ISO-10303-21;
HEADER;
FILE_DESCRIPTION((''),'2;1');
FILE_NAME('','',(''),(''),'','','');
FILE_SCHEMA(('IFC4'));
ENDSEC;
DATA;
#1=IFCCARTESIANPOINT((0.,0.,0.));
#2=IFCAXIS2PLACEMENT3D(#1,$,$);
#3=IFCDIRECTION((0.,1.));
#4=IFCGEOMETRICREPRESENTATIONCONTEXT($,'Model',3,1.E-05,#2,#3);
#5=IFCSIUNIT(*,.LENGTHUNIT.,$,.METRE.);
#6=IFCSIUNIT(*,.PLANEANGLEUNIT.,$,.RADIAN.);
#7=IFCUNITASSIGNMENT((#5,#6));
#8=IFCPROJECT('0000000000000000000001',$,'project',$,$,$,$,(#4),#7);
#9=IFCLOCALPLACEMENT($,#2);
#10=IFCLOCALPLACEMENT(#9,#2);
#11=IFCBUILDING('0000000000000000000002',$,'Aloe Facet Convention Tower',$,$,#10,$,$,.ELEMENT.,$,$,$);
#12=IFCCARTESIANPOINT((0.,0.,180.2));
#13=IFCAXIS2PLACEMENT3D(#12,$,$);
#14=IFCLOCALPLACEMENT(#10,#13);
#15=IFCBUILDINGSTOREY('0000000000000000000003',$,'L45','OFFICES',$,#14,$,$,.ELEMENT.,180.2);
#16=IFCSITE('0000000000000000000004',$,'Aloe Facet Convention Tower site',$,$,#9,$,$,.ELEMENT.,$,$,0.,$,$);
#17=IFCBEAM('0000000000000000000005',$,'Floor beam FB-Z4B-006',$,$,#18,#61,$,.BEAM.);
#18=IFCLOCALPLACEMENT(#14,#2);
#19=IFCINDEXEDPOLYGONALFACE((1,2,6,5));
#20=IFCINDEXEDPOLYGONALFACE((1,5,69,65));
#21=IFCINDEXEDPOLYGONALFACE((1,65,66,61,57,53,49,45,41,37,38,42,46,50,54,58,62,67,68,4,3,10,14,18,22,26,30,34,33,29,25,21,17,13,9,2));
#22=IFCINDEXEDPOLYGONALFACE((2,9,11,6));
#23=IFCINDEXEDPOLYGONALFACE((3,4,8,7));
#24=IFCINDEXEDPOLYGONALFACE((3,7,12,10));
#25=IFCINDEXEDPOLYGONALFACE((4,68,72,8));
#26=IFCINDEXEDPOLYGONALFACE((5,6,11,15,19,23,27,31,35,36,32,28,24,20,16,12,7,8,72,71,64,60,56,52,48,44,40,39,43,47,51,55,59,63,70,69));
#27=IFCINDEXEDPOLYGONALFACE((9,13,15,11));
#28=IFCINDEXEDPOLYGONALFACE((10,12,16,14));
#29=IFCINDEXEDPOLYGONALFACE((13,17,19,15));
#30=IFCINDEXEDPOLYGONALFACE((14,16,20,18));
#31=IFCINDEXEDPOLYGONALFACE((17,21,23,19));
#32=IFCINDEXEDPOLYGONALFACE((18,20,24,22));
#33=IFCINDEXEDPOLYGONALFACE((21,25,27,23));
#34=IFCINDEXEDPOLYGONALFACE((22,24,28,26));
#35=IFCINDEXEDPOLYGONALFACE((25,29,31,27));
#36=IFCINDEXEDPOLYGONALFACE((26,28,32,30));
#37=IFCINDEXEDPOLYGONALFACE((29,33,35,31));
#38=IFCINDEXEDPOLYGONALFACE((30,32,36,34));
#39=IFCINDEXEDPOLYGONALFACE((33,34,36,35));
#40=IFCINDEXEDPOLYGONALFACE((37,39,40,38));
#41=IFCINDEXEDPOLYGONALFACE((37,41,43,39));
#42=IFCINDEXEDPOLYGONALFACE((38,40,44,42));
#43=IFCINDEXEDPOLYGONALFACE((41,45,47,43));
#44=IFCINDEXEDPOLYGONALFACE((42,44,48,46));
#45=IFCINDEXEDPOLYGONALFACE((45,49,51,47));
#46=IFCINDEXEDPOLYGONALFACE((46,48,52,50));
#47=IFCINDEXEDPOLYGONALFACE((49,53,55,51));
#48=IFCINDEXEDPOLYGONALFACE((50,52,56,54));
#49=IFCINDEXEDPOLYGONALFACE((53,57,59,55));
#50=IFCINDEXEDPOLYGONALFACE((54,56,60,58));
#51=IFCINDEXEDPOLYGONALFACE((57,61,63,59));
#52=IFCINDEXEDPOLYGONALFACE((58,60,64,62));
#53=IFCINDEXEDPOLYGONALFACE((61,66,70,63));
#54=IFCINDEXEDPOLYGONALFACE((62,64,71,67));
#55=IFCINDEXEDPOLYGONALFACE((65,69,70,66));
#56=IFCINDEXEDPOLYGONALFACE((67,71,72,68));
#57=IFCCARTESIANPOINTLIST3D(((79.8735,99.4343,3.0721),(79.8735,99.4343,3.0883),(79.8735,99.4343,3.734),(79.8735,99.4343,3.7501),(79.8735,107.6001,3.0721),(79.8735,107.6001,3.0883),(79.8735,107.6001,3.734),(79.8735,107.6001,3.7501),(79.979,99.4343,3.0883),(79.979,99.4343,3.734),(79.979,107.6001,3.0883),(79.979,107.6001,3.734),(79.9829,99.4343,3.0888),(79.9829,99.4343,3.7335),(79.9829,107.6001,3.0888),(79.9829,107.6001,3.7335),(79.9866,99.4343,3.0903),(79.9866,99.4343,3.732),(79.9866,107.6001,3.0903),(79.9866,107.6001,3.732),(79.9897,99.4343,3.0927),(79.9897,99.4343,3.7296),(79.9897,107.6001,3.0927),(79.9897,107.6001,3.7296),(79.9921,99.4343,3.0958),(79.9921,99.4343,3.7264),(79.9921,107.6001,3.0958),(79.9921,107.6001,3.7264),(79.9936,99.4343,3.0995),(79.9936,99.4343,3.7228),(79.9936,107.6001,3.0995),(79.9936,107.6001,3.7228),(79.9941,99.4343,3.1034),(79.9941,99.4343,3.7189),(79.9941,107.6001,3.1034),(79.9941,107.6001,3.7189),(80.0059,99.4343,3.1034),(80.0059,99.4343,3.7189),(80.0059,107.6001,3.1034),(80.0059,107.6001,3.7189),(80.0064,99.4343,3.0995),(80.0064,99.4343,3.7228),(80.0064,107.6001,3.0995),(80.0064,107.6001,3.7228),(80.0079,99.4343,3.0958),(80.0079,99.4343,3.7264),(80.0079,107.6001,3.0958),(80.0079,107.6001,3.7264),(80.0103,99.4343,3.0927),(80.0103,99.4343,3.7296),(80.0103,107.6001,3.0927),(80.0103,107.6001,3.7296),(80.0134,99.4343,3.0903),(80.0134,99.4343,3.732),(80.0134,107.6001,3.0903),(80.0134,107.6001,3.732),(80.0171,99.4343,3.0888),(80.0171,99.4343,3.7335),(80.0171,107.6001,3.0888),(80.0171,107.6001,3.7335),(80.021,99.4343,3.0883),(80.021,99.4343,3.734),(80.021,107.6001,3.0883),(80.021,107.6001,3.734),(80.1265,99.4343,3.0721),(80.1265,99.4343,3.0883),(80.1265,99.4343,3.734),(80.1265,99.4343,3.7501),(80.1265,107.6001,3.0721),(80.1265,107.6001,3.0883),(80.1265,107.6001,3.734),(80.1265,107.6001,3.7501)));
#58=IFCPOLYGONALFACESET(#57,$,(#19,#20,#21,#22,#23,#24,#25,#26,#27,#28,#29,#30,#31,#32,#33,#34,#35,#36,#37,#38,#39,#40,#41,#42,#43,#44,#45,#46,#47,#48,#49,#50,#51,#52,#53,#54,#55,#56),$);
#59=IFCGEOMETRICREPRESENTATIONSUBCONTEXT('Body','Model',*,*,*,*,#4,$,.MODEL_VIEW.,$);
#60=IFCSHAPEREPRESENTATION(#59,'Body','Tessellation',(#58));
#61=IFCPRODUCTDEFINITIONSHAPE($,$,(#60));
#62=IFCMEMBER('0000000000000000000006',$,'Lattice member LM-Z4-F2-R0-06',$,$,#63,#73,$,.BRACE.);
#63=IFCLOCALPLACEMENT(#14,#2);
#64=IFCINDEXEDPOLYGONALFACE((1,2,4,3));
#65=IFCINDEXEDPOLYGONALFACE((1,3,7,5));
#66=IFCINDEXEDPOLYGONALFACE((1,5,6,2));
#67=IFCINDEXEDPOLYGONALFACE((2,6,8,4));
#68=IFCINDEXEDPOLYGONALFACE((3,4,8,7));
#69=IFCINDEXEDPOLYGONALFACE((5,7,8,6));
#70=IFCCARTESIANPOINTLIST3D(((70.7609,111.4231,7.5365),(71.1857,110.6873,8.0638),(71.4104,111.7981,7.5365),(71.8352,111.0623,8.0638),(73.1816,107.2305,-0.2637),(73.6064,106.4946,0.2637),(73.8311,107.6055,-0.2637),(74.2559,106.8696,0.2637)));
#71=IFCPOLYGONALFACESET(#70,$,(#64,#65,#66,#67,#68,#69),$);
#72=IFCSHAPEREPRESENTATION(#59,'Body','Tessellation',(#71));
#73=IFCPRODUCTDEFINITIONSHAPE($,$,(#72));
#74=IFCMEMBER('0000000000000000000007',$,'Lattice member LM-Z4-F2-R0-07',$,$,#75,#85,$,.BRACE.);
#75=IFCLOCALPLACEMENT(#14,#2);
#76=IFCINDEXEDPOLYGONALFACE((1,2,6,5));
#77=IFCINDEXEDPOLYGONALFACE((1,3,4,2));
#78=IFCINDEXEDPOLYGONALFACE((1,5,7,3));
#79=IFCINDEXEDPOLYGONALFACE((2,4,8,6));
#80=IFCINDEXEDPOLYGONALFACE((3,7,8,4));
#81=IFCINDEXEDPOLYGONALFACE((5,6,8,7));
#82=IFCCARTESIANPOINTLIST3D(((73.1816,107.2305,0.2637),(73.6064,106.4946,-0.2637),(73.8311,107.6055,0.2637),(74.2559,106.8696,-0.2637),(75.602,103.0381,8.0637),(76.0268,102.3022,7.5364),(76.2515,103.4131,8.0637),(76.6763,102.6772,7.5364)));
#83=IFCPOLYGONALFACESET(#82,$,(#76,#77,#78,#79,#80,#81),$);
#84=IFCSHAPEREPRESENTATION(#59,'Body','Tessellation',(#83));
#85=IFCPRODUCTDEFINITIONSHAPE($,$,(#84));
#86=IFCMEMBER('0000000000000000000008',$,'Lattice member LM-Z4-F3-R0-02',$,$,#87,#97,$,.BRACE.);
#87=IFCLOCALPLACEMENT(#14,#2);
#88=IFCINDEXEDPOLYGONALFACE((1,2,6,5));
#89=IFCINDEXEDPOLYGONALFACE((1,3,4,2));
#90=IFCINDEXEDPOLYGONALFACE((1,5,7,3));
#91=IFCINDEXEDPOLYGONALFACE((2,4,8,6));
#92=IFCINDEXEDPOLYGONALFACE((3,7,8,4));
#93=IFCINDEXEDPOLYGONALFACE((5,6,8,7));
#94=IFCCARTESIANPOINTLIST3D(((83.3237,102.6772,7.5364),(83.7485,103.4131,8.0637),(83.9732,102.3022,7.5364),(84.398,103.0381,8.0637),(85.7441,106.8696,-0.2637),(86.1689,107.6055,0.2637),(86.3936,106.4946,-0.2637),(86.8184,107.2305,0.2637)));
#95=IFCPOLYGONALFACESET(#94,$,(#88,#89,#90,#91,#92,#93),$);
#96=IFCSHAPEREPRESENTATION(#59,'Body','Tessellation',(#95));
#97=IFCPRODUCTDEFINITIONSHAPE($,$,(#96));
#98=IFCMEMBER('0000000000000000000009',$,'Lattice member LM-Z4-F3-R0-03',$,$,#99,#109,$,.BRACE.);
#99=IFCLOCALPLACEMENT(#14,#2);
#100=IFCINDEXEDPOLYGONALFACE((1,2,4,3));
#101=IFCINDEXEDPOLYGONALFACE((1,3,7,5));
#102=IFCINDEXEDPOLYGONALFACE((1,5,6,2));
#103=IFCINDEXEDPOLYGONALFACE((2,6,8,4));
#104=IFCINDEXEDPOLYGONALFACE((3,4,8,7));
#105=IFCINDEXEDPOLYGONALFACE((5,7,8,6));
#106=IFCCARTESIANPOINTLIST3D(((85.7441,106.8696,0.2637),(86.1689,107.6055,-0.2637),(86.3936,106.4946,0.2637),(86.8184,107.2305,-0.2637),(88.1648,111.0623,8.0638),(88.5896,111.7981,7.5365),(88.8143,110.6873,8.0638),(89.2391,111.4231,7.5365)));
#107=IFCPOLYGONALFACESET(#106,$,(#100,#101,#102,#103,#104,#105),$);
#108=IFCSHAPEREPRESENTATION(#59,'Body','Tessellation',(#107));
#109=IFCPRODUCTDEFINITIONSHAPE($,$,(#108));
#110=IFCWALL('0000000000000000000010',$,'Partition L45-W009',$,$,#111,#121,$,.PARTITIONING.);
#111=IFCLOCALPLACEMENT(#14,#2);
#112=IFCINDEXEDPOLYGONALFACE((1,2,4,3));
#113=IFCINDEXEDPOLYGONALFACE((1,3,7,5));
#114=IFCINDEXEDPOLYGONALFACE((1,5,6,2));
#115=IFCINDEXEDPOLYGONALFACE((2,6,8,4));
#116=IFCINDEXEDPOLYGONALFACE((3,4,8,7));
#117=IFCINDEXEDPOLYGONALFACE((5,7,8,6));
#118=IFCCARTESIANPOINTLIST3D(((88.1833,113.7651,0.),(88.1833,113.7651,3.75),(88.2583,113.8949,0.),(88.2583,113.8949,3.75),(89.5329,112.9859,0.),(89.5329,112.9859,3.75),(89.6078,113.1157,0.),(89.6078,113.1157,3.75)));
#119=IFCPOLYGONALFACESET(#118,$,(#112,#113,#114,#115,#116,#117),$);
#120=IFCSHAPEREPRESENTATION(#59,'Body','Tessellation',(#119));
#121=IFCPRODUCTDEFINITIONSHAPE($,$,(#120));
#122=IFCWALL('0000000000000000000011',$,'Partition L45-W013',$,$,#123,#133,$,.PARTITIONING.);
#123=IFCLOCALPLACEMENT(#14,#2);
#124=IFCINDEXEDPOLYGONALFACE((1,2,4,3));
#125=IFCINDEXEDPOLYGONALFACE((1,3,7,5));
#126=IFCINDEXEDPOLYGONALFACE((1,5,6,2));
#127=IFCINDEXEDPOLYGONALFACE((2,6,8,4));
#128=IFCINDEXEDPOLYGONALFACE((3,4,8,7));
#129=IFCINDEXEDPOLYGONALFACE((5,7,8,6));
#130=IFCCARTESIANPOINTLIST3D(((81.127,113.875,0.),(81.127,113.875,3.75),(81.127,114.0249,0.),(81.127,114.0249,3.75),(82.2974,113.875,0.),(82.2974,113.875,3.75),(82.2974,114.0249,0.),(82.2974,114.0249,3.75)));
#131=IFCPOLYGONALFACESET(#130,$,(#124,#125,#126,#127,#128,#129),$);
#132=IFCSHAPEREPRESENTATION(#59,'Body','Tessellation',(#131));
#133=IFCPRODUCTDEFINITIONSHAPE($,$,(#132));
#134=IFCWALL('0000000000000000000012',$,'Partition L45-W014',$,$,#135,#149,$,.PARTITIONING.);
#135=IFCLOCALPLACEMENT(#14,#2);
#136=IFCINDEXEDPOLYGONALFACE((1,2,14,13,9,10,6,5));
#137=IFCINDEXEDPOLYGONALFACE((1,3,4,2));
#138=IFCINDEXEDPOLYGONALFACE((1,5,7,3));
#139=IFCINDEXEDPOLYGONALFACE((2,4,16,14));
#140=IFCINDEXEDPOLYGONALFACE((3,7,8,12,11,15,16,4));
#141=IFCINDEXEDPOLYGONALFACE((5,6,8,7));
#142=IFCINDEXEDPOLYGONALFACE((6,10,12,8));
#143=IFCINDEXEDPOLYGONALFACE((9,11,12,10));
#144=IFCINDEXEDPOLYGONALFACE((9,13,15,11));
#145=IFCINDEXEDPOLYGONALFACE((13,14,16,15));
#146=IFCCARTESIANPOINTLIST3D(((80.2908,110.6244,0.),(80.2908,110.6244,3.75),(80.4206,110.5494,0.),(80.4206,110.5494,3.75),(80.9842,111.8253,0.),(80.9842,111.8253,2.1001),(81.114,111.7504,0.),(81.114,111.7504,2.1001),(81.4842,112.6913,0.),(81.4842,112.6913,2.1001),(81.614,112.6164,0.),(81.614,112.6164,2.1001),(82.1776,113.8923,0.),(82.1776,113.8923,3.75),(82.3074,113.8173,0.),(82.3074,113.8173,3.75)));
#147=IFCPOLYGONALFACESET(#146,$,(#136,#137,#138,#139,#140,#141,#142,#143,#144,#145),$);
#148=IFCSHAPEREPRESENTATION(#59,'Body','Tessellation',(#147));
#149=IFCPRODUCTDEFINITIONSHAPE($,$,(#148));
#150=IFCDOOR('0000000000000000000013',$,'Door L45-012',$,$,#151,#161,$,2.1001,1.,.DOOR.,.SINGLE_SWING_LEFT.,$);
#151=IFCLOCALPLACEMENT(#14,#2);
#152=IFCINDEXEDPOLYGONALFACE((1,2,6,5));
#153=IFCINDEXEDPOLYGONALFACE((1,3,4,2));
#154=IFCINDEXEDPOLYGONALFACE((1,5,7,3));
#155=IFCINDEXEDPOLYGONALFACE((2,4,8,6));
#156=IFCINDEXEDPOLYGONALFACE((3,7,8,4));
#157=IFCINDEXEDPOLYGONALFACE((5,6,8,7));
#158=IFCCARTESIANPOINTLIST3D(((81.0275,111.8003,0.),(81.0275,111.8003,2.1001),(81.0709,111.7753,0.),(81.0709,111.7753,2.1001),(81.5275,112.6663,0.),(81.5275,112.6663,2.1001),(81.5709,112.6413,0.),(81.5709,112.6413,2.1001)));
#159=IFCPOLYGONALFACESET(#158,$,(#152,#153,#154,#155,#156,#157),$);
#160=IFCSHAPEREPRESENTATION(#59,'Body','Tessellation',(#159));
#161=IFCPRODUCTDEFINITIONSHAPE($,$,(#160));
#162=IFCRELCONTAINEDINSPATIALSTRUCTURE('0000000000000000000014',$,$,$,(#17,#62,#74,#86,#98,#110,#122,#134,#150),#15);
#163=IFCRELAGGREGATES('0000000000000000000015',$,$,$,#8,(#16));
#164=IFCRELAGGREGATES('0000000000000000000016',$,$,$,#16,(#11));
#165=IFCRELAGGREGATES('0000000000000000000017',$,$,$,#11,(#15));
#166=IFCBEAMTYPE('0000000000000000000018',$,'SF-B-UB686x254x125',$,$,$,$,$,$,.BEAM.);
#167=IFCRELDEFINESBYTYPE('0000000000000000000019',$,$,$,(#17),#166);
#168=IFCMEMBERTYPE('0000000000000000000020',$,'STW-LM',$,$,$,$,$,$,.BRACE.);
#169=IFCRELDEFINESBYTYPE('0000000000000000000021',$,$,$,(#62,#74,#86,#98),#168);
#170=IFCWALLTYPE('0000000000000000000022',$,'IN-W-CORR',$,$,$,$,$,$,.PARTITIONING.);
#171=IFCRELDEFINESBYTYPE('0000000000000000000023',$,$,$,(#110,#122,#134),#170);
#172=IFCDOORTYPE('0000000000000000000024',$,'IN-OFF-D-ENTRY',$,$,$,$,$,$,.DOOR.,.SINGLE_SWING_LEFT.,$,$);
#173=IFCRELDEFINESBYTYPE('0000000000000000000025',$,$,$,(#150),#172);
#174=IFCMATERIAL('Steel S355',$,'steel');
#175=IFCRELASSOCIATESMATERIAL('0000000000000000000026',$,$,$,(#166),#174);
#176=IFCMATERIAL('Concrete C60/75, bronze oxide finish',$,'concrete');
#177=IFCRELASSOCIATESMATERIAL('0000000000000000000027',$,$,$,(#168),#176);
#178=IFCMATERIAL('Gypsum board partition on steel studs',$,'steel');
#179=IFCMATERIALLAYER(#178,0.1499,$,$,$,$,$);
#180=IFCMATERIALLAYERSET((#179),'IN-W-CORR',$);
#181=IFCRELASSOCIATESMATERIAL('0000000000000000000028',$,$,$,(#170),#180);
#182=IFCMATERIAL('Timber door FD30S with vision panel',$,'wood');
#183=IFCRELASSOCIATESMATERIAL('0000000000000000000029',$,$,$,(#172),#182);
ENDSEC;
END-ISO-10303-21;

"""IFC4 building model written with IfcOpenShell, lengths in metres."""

from ifc_helpers import new_model, si_unit, direction, frame, frame_2d, origin, origin_2d, place, context, subcontext, project, spatial, rectangle, i_section, extrude, material, layer, layer_set, material_profile, profile_set, type_object, element, fill, save


model = new_model("IFC4")

# Units and contexts
model_context = context("Model", 3, precision=1e-05, world=origin(), true_north=direction((0.0, 1.0)))
body_context = subcontext(model_context, "Body", "Model", "MODEL_VIEW")
ifc_project = project(units=[si_unit("LENGTHUNIT", "METRE"), si_unit("PLANEANGLEUNIT", "RADIAN")], contexts=[model_context])

# Site, building, storey
site_placement = place(None, origin())
site = spatial("IfcSite", under=ifc_project, at=site_placement, Name="Aloe Facet Convention Tower site", CompositionType="ELEMENT", RefElevation=0.0)
building_placement = place(site_placement, origin())
building = spatial("IfcBuilding", under=site, at=building_placement, Name="Aloe Facet Convention Tower", CompositionType="ELEMENT")
storey_placement = place(building_placement, frame((0.0, 0.0, 180.2)))
storey = spatial("IfcBuildingStorey", under=building, at=storey_placement, Name="L45", Description="OFFICES", CompositionType="ELEMENT", Elevation=180.2)

# Beam
ifc_material_1 = material(Name="Steel S355", Category="steel")
ifc_material_profile_1 = material_profile(ifc_material_1, i_section(OverallWidth=0.2529, OverallDepth=0.678, WebThickness=0.0117, FlangeThickness=0.0161, FilletRadius=0.0151, at=origin_2d()), Name="UB 686x254x125")
ifc_profile_set_1 = profile_set([ifc_material_profile_1], Name="Steel S355")
beam_type_1 = type_object("IfcBeamType", Name="SF-B-UB686x254x125", PredefinedType="BEAM", material=ifc_profile_set_1)
beam_1_placement = place(storey_placement, frame((80.0, 107.6001, 3.4111), z_axis=(0.0, -1.0, 0.0), x_axis=(1.0, 0.0, 0.0)))
element("IfcBeam", 1, at=beam_1_placement, inside=storey, type_object=beam_type_1, Name="Floor beam FB-Z4B-006", PredefinedType="BEAM", context=body_context, shape_type="SweptSolid", body=[
    extrude(i_section(OverallWidth=0.2529, OverallDepth=0.678, WebThickness=0.0117, FlangeThickness=0.0161, FilletRadius=0.0151, at=origin_2d()), origin(), (0.0, 0.0, 1.0), 8.1658),
])

# Members
ifc_material_2 = material(Name="Concrete C60/75, bronze oxide finish", Category="concrete")
ifc_material_profile_2 = material_profile(ifc_material_2, rectangle(XDim=0.75, YDim=1.0, at=origin_2d()), Name="STW-LM")
ifc_profile_set_2 = profile_set([ifc_material_profile_2], Name="Concrete C60/75, bronze oxide finish")
member_type = type_object("IfcMemberType", Name="STW-LM", PredefinedType="BRACE", material=ifc_profile_set_2)
member_1_placement = place(storey_placement, frame((73.7188, 107.05, 0.0), z_axis=(-0.263678, 0.456697, 0.849648), x_axis=(-0.866022, -0.500006, 0.0)))
element("IfcMember", 2, at=member_1_placement, inside=storey, type_object=member_type, Name="Lattice member LM-Z4-F2-R0-06", PredefinedType="BRACE", context=body_context, shape_type="SweptSolid", body=[
    extrude(rectangle(XDim=0.75, YDim=1.0, at=origin_2d()), origin(), (0.0, 0.0, 1.0), 9.1804),
])
for number, where, z_axis, x_axis, name in (
    (3, (73.7188, 107.05, 0.0), (0.263657, -0.456679, 0.849664), (0.866031, 0.49999, 0.0), "Lattice member LM-Z4-F2-R0-07"),
    (4, (86.2812, 107.05, 0.0), (-0.263657, -0.456679, 0.849664), (0.866031, -0.49999, 0.0), "Lattice member LM-Z4-F3-R0-02"),
):
    element("IfcMember", number, at=place(storey_placement, frame(where, z_axis=z_axis, x_axis=x_axis)), inside=storey, type_object=member_type, Name=name, PredefinedType="BRACE", context=body_context, shape_type="SweptSolid", body=[
        extrude(rectangle(XDim=0.75, YDim=1.0, at=origin_2d()), origin(), (0.0, 0.0, 1.0), 9.1802),
    ])
member_2_placement = place(storey_placement, frame((86.2812, 107.05, 0.0), z_axis=(0.263678, 0.456697, 0.849648), x_axis=(-0.866022, 0.500006, 0.0)))
element("IfcMember", 5, at=member_2_placement, inside=storey, type_object=member_type, Name="Lattice member LM-Z4-F3-R0-03", PredefinedType="BRACE", context=body_context, shape_type="SweptSolid", body=[
    extrude(rectangle(XDim=0.75, YDim=1.0, at=origin_2d()), origin(), (0.0, 0.0, 1.0), 9.1804),
])

# Walls
ifc_material_3 = material(Name="Gypsum board partition on steel studs", Category="steel")
ifc_layer_1 = layer(ifc_material_3, 0.1499)
ifc_layer_set_1 = layer_set([ifc_layer_1], Name="IN-W-CORR")
wall_type_1 = type_object("IfcWallType", Name="IN-W-CORR", PredefinedType="PARTITIONING", material=ifc_layer_set_1)
wall_1_placement = place(storey_placement, frame((88.2207, 113.8301, 0.0), z_axis=(0.0, 0.0, 1.0), x_axis=(0.865998, -0.500048, 0.0)))
element("IfcWall", 6, at=wall_1_placement, inside=storey, type_object=wall_type_1, Name="Partition L45-W009", PredefinedType="PARTITIONING", context=body_context, shape_type="SweptSolid", body=[
    extrude(rectangle(XDim=1.5583, YDim=0.1499, at=frame_2d((0.7793, 0.0))), origin(), (0.0, 0.0, 1.0), 3.75),
])
wall_2_placement = place(storey_placement, frame((81.127, 113.95, 0.0), z_axis=(0.0, 0.0, 1.0), x_axis=(1.0, 0.0, 0.0)))
element("IfcWall", 7, at=wall_2_placement, inside=storey, type_object=wall_type_1, Name="Partition L45-W013", PredefinedType="PARTITIONING", context=body_context, shape_type="SweptSolid", body=[
    extrude(rectangle(XDim=1.1704, YDim=0.1499, at=frame_2d((0.5852, 0.0))), origin(), (0.0, 0.0, 1.0), 3.75),
])

# Wall, opening, door
wall_3_placement = place(storey_placement, frame((80.3557, 110.5869, 0.0), z_axis=(0.0, 0.0, 1.0), x_axis=(0.500008, 0.866021, 0.0)))
wall_3 = element("IfcWall", 8, at=wall_3_placement, inside=storey, type_object=wall_type_1, Name="Partition L45-W014", PredefinedType="PARTITIONING", context=body_context, shape_type="SweptSolid", body=[
    extrude(rectangle(XDim=3.7734, YDim=0.1499, at=frame_2d((1.8867, 0.0))), origin(), (0.0, 0.0, 1.0), 3.75),
])
opening_1_placement = place(wall_3_placement, frame((1.3867, 0.0, 0.0)))
opening_1 = element("IfcOpeningElement", 9, at=opening_1_placement, cuts=wall_3, PredefinedType="OPENING", context=body_context, shape_type="SweptSolid", body=[
    extrude(rectangle(XDim=1.0, YDim=2.1001, at=frame_2d((0.5, 1.05))), frame((0.0, 0.085, 0.0), z_axis=(0.0, -1.0, 0.0), x_axis=(1.0, 0.0, 0.0)), (0.0, 0.0, 1.0), 0.1699),
])
ifc_material_4 = material(Name="Timber door FD30S with vision panel", Category="wood")
door_type_1 = type_object("IfcDoorType", Name="IN-OFF-D-ENTRY", OperationType="SINGLE_SWING_LEFT", PredefinedType="DOOR", material=ifc_material_4)
door_1_placement = place(opening_1_placement, origin())
door_1 = element("IfcDoor", 10, at=door_1_placement, inside=storey, type_object=door_type_1, Name="Door L45-012", OperationType="SINGLE_SWING_LEFT", OverallHeight=2.1001, OverallWidth=1.0, PredefinedType="DOOR", context=body_context, shape_type="SweptSolid", body=[
    extrude(rectangle(XDim=1.0, YDim=2.1001, at=frame_2d((0.5, 1.05))), frame((0.0, 0.0249, 0.0), z_axis=(0.0, -1.0, 0.0), x_axis=(1.0, 0.0, 0.0)), (0.0, 0.0, 1.0), 0.05),
])
fill(opening_1, door_1)

save(model, "model.ifc")
